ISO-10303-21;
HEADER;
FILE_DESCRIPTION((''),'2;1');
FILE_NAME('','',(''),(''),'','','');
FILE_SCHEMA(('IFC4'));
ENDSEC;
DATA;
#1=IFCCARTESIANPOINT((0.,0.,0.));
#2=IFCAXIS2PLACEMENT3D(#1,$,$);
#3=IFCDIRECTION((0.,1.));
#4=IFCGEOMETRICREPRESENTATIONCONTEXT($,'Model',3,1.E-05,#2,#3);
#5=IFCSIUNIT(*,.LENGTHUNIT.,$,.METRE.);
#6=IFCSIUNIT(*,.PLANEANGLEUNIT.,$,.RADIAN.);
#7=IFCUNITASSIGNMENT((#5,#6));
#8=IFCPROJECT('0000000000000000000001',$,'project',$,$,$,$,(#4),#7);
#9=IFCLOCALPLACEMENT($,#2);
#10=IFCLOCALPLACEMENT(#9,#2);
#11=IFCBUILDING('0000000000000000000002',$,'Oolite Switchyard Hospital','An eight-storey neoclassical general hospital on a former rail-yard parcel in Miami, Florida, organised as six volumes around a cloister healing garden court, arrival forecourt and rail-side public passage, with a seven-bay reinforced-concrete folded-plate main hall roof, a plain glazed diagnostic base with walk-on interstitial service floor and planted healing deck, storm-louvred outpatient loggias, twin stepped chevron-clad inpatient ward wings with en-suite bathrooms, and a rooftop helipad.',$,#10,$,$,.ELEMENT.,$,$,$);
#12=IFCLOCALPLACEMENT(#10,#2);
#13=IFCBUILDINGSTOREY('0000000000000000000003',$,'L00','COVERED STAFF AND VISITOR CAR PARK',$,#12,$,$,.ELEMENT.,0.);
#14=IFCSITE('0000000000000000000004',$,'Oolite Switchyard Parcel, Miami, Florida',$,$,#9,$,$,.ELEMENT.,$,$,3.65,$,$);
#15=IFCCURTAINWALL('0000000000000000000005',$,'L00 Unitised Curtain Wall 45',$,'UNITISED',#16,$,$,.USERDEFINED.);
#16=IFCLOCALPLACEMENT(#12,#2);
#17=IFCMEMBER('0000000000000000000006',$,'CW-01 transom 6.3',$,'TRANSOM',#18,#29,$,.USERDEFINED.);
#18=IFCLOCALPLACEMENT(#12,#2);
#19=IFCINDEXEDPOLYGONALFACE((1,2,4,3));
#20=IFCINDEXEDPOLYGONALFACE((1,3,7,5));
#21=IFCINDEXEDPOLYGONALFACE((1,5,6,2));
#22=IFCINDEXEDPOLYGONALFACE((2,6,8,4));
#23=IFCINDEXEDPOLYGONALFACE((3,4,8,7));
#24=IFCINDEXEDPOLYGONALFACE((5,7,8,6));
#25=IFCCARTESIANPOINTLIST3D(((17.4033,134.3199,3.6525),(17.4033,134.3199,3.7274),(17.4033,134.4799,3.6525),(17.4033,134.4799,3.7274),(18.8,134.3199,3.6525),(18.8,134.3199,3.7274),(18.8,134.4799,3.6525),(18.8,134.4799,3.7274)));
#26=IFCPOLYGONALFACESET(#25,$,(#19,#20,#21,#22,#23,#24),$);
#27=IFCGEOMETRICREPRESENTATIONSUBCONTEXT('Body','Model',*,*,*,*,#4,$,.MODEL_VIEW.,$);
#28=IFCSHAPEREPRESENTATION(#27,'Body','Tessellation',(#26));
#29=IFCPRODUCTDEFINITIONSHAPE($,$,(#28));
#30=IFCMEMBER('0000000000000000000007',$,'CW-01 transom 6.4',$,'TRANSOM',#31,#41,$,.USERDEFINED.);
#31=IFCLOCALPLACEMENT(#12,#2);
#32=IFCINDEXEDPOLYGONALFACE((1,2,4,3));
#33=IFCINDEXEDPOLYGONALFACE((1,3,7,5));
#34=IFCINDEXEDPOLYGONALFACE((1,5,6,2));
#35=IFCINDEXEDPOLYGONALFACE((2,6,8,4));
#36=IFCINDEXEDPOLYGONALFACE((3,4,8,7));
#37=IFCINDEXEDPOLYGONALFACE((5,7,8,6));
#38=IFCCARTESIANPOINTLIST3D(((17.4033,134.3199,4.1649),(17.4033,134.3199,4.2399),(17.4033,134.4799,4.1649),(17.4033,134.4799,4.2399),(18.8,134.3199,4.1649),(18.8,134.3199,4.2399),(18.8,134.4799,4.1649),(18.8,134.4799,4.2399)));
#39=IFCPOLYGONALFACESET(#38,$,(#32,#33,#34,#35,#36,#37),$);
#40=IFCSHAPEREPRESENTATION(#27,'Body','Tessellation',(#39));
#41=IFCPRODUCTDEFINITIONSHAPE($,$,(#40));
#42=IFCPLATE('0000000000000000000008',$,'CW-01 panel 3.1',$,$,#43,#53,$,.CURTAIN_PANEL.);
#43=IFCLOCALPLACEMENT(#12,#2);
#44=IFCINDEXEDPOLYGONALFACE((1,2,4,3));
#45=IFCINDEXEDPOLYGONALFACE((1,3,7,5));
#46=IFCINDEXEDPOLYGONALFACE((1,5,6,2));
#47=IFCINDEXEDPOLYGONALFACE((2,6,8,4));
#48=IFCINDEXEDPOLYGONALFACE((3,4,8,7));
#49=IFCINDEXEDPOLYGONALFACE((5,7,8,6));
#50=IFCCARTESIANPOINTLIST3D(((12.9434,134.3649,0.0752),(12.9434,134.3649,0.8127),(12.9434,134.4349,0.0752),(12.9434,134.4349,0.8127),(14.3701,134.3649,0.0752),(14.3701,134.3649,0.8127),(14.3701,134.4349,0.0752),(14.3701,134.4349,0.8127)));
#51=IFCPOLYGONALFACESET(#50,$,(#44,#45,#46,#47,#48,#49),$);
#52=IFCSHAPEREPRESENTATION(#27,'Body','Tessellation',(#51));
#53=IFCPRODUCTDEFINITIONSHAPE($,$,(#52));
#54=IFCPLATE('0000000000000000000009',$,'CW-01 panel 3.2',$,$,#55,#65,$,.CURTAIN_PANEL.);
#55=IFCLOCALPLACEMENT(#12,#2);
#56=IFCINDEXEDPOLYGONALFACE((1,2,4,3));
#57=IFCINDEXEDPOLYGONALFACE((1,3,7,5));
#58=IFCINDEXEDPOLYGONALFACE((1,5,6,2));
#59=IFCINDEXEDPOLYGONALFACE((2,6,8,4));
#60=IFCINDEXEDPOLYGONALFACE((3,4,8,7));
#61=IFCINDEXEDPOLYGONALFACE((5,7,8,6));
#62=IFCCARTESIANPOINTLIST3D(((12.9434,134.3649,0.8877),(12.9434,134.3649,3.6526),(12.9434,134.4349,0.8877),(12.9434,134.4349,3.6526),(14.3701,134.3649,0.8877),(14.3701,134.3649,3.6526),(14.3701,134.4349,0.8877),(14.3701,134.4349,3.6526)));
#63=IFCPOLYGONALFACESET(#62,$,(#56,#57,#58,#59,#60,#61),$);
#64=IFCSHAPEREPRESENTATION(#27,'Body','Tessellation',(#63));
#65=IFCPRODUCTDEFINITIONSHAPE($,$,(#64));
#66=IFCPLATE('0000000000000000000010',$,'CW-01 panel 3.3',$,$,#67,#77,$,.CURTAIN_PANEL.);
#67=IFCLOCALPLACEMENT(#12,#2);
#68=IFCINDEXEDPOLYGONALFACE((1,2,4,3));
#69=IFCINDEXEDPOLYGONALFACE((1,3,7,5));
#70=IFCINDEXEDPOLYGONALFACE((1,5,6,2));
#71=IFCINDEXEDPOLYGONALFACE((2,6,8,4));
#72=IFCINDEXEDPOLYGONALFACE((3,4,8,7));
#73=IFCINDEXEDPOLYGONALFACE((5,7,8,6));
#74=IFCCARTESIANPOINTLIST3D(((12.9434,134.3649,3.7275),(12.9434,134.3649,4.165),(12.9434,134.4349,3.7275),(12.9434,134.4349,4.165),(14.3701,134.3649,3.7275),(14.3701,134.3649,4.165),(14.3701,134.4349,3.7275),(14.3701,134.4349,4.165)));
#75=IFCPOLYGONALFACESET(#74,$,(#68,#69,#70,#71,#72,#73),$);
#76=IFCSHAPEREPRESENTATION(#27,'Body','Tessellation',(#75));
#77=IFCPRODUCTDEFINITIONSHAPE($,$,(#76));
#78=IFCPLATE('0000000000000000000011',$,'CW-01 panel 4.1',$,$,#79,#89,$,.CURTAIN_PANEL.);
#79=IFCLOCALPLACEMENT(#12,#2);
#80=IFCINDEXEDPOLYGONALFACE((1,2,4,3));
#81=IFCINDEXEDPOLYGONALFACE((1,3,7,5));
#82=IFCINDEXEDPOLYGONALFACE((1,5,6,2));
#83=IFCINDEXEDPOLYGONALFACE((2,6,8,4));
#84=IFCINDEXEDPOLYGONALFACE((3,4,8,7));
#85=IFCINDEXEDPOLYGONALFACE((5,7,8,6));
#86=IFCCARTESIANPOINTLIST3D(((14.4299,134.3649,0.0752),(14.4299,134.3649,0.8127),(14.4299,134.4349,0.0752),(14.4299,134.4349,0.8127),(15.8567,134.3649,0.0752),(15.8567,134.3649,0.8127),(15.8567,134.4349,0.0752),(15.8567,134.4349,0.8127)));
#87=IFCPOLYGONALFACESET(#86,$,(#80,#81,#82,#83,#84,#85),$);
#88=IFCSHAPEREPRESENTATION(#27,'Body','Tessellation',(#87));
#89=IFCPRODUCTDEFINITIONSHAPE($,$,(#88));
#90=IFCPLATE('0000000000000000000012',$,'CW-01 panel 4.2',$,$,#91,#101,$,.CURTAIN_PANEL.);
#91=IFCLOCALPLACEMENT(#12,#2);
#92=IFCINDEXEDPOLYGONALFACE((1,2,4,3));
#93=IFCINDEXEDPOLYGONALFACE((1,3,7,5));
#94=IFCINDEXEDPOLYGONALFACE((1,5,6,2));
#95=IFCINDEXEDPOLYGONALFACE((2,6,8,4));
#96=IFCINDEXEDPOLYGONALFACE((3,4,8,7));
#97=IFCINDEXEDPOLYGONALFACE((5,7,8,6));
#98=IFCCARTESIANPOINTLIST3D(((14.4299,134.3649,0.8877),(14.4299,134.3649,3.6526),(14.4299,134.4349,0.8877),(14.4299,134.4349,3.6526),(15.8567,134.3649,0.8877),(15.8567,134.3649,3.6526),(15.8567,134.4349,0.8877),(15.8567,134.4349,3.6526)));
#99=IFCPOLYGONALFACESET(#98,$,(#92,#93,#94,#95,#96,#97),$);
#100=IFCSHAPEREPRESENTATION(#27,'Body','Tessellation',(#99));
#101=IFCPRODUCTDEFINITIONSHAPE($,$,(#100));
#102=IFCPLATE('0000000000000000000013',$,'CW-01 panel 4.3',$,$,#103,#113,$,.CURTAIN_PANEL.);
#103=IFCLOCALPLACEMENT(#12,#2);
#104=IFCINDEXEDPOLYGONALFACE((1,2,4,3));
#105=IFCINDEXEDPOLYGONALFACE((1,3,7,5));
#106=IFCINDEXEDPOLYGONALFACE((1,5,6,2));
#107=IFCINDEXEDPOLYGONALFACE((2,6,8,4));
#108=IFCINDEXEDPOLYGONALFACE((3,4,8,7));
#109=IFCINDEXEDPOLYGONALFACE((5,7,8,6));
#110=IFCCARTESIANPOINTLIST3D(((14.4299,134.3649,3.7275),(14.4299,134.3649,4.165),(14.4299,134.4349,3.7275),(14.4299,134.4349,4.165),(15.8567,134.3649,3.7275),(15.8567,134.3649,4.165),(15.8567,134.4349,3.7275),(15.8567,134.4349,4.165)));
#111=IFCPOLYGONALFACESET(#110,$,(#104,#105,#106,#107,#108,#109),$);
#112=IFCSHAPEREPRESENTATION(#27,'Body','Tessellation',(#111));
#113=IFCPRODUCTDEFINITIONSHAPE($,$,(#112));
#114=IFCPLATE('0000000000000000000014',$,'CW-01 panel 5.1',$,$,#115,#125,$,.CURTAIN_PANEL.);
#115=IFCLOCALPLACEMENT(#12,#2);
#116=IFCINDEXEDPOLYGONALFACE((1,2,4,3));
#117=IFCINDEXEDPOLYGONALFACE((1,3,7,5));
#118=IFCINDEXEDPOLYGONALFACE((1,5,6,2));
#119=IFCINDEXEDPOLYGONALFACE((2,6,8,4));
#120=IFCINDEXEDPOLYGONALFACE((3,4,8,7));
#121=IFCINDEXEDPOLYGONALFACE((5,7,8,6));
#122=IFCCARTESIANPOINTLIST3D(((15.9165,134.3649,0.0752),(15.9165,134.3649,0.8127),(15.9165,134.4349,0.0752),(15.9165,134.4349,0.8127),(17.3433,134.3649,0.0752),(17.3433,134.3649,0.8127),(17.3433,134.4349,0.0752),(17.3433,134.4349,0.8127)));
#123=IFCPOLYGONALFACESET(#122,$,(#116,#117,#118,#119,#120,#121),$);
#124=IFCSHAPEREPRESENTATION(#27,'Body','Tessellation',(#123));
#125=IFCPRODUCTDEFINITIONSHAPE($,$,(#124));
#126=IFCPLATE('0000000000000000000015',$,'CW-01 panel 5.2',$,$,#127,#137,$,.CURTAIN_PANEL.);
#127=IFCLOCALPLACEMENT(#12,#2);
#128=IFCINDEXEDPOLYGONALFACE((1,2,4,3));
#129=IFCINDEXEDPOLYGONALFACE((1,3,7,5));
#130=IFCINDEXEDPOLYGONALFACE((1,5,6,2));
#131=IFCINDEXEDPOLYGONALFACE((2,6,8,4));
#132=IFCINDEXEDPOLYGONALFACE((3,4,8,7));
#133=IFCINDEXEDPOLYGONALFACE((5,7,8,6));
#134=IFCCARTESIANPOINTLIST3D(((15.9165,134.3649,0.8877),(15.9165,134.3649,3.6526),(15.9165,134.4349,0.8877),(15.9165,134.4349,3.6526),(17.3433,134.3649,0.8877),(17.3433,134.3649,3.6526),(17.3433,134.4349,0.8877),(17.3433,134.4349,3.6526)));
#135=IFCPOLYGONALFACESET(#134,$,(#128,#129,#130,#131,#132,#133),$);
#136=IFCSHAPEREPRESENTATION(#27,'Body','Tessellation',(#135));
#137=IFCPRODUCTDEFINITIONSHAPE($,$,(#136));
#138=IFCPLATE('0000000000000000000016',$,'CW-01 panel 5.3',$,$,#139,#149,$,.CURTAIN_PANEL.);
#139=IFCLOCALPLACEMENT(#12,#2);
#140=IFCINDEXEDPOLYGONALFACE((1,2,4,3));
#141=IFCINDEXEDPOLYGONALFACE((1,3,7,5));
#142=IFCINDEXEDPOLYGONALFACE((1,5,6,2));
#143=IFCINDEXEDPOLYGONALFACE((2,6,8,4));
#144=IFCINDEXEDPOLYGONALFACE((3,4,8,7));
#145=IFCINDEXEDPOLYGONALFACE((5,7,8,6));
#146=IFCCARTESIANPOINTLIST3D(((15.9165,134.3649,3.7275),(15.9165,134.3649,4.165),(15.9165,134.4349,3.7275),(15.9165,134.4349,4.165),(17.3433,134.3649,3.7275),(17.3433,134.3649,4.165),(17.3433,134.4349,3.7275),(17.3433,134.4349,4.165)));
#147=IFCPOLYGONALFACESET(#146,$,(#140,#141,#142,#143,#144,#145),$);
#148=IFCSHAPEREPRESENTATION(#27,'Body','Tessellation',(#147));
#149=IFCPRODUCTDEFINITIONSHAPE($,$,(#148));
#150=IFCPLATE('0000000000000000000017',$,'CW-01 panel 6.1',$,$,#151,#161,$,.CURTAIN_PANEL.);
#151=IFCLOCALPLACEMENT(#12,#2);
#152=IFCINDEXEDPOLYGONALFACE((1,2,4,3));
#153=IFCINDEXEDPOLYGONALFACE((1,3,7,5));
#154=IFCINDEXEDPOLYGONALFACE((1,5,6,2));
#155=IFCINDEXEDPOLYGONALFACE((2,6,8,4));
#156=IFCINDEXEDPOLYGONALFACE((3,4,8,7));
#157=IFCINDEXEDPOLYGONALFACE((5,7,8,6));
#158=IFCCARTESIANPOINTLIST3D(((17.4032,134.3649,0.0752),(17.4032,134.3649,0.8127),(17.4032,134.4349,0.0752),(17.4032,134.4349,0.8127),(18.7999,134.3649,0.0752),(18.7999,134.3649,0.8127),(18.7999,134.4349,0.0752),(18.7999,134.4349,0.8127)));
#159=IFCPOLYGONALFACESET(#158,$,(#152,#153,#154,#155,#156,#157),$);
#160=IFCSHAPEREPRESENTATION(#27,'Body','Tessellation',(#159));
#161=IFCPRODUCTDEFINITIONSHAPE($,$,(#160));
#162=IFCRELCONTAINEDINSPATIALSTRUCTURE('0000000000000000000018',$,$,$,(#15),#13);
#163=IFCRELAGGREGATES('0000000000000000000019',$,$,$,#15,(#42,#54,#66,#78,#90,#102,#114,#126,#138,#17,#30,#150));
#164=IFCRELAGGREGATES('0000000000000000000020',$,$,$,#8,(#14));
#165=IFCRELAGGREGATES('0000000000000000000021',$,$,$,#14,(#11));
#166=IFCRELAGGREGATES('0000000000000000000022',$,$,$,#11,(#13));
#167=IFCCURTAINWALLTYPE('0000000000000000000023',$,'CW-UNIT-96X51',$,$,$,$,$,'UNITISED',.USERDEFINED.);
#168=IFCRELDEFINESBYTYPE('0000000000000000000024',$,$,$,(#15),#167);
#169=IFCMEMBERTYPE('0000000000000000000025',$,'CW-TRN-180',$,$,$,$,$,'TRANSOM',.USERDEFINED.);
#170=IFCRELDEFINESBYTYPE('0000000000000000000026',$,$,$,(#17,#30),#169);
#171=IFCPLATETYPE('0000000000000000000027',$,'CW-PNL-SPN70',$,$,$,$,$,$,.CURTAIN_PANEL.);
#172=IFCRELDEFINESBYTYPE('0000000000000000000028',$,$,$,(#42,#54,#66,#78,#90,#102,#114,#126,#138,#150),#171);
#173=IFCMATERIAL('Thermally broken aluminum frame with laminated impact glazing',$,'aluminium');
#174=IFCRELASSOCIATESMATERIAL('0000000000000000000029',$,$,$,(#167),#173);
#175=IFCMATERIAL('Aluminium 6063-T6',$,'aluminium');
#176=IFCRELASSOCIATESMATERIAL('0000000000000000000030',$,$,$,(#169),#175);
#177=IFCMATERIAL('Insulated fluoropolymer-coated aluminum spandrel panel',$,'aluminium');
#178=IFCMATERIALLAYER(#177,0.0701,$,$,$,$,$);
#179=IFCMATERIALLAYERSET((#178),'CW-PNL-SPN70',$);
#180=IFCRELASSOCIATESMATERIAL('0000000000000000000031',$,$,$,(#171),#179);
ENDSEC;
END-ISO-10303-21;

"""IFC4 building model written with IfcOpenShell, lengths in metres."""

from ifc_helpers import new_model, si_unit, direction, frame, origin, origin_2d, place, context, subcontext, project, spatial, rectangle, extrude, material, layer, layer_set, material_profile, profile_set, type_object, element, aggregate, save


model = new_model("IFC4")

# Units and contexts
model_context = context("Model", 3, precision=1e-05, world=origin(), true_north=direction((0.0, 1.0)))
body_context = subcontext(model_context, "Body", "Model", "MODEL_VIEW")
ifc_project = project(units=[si_unit("LENGTHUNIT", "METRE"), si_unit("PLANEANGLEUNIT", "RADIAN")], contexts=[model_context])

# Site, building, storey
site_placement = place(None, origin())
site = spatial("IfcSite", under=ifc_project, at=site_placement, Name="Oolite Switchyard Parcel, Miami, Florida", CompositionType="ELEMENT", RefElevation=3.65)
building_placement = place(site_placement, origin())
building = spatial("IfcBuilding", under=site, at=building_placement, Name="Oolite Switchyard Hospital", Description="An eight-storey neoclassical general hospital on a former rail-yard parcel in Miami, Florida, organised as six volumes around a cloister healing garden court, arrival forecourt and rail-side public passage, with a seven-bay reinforced-concrete folded-plate main hall roof, a plain glazed diagnostic base with walk-on interstitial service floor and planted healing deck, storm-louvred outpatient loggias, twin stepped chevron-clad inpatient ward wings with en-suite bathrooms, and a rooftop helipad.", CompositionType="ELEMENT")
storey_placement = place(building_placement, origin())
storey = spatial("IfcBuildingStorey", under=building, at=storey_placement, Name="L00", Description="COVERED STAFF AND VISITOR CAR PARK", CompositionType="ELEMENT", Elevation=0.0)

# Curtain wall, members, plates
ifc_material_1 = material(Name="Thermally broken aluminum frame with laminated impact glazing", Category="aluminium")
curtain_wall_type = type_object("IfcCurtainWallType", Name="CW-UNIT-96X51", ElementType="UNITISED", PredefinedType="USERDEFINED", material=ifc_material_1)
curtain_wall_placement = place(storey_placement, origin())
curtain_wall = element("IfcCurtainWall", 1, at=curtain_wall_placement, inside=storey, type_object=curtain_wall_type, Name="L00 Unitised Curtain Wall 45", ObjectType="UNITISED", PredefinedType="USERDEFINED")
ifc_material_2 = material(Name="Aluminium 6063-T6", Category="aluminium")
ifc_material_profile_1 = material_profile(ifc_material_2, rectangle(XDim=0.1599, YDim=0.075, at=origin_2d()), Name="CWT75X160")
ifc_profile_set_1 = profile_set([ifc_material_profile_1], Name="Aluminium 6063-T6")
member_type_1 = type_object("IfcMemberType", Name="CW-TRN-180", ElementType="TRANSOM", PredefinedType="USERDEFINED", material=ifc_profile_set_1)
member_1_placement = place(storey_placement, frame((17.4033, 134.3999, 3.6899), z_axis=(1.0, 0.0, 0.0), x_axis=(0.0, 1.0, 0.0)))
member_1 = element("IfcMember", 2, at=member_1_placement, type_object=member_type_1, Name="CW-01 transom 6.3", ObjectType="TRANSOM", PredefinedType="USERDEFINED", context=body_context, shape_type="SweptSolid", body=[
    extrude(rectangle(XDim=0.1599, YDim=0.075, at=origin_2d()), origin(), (0.0, 0.0, 1.0), 1.3967),
])
member_2_placement = place(storey_placement, frame((17.4033, 134.3999, 4.2024), z_axis=(1.0, 0.0, 0.0), x_axis=(0.0, 1.0, 0.0)))
member_2 = element("IfcMember", 3, at=member_2_placement, type_object=member_type_1, Name="CW-01 transom 6.4", ObjectType="TRANSOM", PredefinedType="USERDEFINED", context=body_context, shape_type="SweptSolid", body=[
    extrude(rectangle(XDim=0.1599, YDim=0.075, at=origin_2d()), origin(), (0.0, 0.0, 1.0), 1.3967),
])
ifc_material_3 = material(Name="Insulated fluoropolymer-coated aluminum spandrel panel", Category="aluminium")
ifc_layer = layer(ifc_material_3, 0.0701)
ifc_layer_set = layer_set([ifc_layer], Name="CW-PNL-SPN70")
plate_type = type_object("IfcPlateType", Name="CW-PNL-SPN70", PredefinedType="CURTAIN_PANEL", material=ifc_layer_set)
plate_1_placement = place(storey_placement, frame((13.6567, 134.3999, 0.0752), z_axis=(0.0, 0.0, 1.0), x_axis=(1.0, 0.0, 0.0)))
plate_1 = element("IfcPlate", 4, at=plate_1_placement, type_object=plate_type, Name="CW-01 panel 3.1", PredefinedType="CURTAIN_PANEL", context=body_context, shape_type="SweptSolid", body=[
    extrude(rectangle(XDim=1.4268, YDim=0.0701, at=origin_2d()), origin(), (0.0, 0.0, 1.0), 0.7375),
])
plate_2_placement = place(storey_placement, frame((13.6567, 134.3999, 0.8877), z_axis=(0.0, 0.0, 1.0), x_axis=(1.0, 0.0, 0.0)))
plate_2 = element("IfcPlate", 5, at=plate_2_placement, type_object=plate_type, Name="CW-01 panel 3.2", PredefinedType="CURTAIN_PANEL", context=body_context, shape_type="SweptSolid", body=[
    extrude(rectangle(XDim=1.4268, YDim=0.0701, at=origin_2d()), origin(), (0.0, 0.0, 1.0), 2.7649),
])
plate_3_placement = place(storey_placement, frame((13.6567, 134.3999, 3.7275), z_axis=(0.0, 0.0, 1.0), x_axis=(1.0, 0.0, 0.0)))
plate_3 = element("IfcPlate", 6, at=plate_3_placement, type_object=plate_type, Name="CW-01 panel 3.3", PredefinedType="CURTAIN_PANEL", context=body_context, shape_type="SweptSolid", body=[
    extrude(rectangle(XDim=1.4268, YDim=0.0701, at=origin_2d()), origin(), (0.0, 0.0, 1.0), 0.4375),
])
plate_4_placement = place(storey_placement, frame((15.1433, 134.3999, 0.0752), z_axis=(0.0, 0.0, 1.0), x_axis=(1.0, 0.0, 0.0)))
plate_4 = element("IfcPlate", 7, at=plate_4_placement, type_object=plate_type, Name="CW-01 panel 4.1", PredefinedType="CURTAIN_PANEL", context=body_context, shape_type="SweptSolid", body=[
    extrude(rectangle(XDim=1.4268, YDim=0.0701, at=origin_2d()), origin(), (0.0, 0.0, 1.0), 0.7375),
])
plate_5_placement = place(storey_placement, frame((15.1433, 134.3999, 0.8877), z_axis=(0.0, 0.0, 1.0), x_axis=(1.0, 0.0, 0.0)))
plate_5 = element("IfcPlate", 8, at=plate_5_placement, type_object=plate_type, Name="CW-01 panel 4.2", PredefinedType="CURTAIN_PANEL", context=body_context, shape_type="SweptSolid", body=[
    extrude(rectangle(XDim=1.4268, YDim=0.0701, at=origin_2d()), origin(), (0.0, 0.0, 1.0), 2.7649),
])
plate_6_placement = place(storey_placement, frame((15.1433, 134.3999, 3.7275), z_axis=(0.0, 0.0, 1.0), x_axis=(1.0, 0.0, 0.0)))
plate_6 = element("IfcPlate", 9, at=plate_6_placement, type_object=plate_type, Name="CW-01 panel 4.3", PredefinedType="CURTAIN_PANEL", context=body_context, shape_type="SweptSolid", body=[
    extrude(rectangle(XDim=1.4268, YDim=0.0701, at=origin_2d()), origin(), (0.0, 0.0, 1.0), 0.4375),
])
plate_7_placement = place(storey_placement, frame((16.6299, 134.3999, 0.0752), z_axis=(0.0, 0.0, 1.0), x_axis=(1.0, 0.0, 0.0)))
plate_7 = element("IfcPlate", 10, at=plate_7_placement, type_object=plate_type, Name="CW-01 panel 5.1", PredefinedType="CURTAIN_PANEL", context=body_context, shape_type="SweptSolid", body=[
    extrude(rectangle(XDim=1.4268, YDim=0.0701, at=origin_2d()), origin(), (0.0, 0.0, 1.0), 0.7375),
])
plate_8_placement = place(storey_placement, frame((16.6299, 134.3999, 0.8877), z_axis=(0.0, 0.0, 1.0), x_axis=(1.0, 0.0, 0.0)))
plate_8 = element("IfcPlate", 11, at=plate_8_placement, type_object=plate_type, Name="CW-01 panel 5.2", PredefinedType="CURTAIN_PANEL", context=body_context, shape_type="SweptSolid", body=[
    extrude(rectangle(XDim=1.4268, YDim=0.0701, at=origin_2d()), origin(), (0.0, 0.0, 1.0), 2.7649),
])
plate_9_placement = place(storey_placement, frame((16.6299, 134.3999, 3.7275), z_axis=(0.0, 0.0, 1.0), x_axis=(1.0, 0.0, 0.0)))
plate_9 = element("IfcPlate", 12, at=plate_9_placement, type_object=plate_type, Name="CW-01 panel 5.3", PredefinedType="CURTAIN_PANEL", context=body_context, shape_type="SweptSolid", body=[
    extrude(rectangle(XDim=1.4268, YDim=0.0701, at=origin_2d()), origin(), (0.0, 0.0, 1.0), 0.4375),
])
plate_10_placement = place(storey_placement, frame((18.1016, 134.3999, 0.0752), z_axis=(0.0, 0.0, 1.0), x_axis=(1.0, 0.0, 0.0)))
plate_10 = element("IfcPlate", 13, at=plate_10_placement, type_object=plate_type, Name="CW-01 panel 6.1", PredefinedType="CURTAIN_PANEL", context=body_context, shape_type="SweptSolid", body=[
    extrude(rectangle(XDim=1.3967, YDim=0.0701, at=origin_2d()), origin(), (0.0, 0.0, 1.0), 0.7375),
])
aggregate(curtain_wall, [plate_1, plate_2, plate_3, plate_4, plate_5, plate_6, plate_7, plate_8, plate_9, member_1, member_2, plate_10])

save(model, "model.ifc")
